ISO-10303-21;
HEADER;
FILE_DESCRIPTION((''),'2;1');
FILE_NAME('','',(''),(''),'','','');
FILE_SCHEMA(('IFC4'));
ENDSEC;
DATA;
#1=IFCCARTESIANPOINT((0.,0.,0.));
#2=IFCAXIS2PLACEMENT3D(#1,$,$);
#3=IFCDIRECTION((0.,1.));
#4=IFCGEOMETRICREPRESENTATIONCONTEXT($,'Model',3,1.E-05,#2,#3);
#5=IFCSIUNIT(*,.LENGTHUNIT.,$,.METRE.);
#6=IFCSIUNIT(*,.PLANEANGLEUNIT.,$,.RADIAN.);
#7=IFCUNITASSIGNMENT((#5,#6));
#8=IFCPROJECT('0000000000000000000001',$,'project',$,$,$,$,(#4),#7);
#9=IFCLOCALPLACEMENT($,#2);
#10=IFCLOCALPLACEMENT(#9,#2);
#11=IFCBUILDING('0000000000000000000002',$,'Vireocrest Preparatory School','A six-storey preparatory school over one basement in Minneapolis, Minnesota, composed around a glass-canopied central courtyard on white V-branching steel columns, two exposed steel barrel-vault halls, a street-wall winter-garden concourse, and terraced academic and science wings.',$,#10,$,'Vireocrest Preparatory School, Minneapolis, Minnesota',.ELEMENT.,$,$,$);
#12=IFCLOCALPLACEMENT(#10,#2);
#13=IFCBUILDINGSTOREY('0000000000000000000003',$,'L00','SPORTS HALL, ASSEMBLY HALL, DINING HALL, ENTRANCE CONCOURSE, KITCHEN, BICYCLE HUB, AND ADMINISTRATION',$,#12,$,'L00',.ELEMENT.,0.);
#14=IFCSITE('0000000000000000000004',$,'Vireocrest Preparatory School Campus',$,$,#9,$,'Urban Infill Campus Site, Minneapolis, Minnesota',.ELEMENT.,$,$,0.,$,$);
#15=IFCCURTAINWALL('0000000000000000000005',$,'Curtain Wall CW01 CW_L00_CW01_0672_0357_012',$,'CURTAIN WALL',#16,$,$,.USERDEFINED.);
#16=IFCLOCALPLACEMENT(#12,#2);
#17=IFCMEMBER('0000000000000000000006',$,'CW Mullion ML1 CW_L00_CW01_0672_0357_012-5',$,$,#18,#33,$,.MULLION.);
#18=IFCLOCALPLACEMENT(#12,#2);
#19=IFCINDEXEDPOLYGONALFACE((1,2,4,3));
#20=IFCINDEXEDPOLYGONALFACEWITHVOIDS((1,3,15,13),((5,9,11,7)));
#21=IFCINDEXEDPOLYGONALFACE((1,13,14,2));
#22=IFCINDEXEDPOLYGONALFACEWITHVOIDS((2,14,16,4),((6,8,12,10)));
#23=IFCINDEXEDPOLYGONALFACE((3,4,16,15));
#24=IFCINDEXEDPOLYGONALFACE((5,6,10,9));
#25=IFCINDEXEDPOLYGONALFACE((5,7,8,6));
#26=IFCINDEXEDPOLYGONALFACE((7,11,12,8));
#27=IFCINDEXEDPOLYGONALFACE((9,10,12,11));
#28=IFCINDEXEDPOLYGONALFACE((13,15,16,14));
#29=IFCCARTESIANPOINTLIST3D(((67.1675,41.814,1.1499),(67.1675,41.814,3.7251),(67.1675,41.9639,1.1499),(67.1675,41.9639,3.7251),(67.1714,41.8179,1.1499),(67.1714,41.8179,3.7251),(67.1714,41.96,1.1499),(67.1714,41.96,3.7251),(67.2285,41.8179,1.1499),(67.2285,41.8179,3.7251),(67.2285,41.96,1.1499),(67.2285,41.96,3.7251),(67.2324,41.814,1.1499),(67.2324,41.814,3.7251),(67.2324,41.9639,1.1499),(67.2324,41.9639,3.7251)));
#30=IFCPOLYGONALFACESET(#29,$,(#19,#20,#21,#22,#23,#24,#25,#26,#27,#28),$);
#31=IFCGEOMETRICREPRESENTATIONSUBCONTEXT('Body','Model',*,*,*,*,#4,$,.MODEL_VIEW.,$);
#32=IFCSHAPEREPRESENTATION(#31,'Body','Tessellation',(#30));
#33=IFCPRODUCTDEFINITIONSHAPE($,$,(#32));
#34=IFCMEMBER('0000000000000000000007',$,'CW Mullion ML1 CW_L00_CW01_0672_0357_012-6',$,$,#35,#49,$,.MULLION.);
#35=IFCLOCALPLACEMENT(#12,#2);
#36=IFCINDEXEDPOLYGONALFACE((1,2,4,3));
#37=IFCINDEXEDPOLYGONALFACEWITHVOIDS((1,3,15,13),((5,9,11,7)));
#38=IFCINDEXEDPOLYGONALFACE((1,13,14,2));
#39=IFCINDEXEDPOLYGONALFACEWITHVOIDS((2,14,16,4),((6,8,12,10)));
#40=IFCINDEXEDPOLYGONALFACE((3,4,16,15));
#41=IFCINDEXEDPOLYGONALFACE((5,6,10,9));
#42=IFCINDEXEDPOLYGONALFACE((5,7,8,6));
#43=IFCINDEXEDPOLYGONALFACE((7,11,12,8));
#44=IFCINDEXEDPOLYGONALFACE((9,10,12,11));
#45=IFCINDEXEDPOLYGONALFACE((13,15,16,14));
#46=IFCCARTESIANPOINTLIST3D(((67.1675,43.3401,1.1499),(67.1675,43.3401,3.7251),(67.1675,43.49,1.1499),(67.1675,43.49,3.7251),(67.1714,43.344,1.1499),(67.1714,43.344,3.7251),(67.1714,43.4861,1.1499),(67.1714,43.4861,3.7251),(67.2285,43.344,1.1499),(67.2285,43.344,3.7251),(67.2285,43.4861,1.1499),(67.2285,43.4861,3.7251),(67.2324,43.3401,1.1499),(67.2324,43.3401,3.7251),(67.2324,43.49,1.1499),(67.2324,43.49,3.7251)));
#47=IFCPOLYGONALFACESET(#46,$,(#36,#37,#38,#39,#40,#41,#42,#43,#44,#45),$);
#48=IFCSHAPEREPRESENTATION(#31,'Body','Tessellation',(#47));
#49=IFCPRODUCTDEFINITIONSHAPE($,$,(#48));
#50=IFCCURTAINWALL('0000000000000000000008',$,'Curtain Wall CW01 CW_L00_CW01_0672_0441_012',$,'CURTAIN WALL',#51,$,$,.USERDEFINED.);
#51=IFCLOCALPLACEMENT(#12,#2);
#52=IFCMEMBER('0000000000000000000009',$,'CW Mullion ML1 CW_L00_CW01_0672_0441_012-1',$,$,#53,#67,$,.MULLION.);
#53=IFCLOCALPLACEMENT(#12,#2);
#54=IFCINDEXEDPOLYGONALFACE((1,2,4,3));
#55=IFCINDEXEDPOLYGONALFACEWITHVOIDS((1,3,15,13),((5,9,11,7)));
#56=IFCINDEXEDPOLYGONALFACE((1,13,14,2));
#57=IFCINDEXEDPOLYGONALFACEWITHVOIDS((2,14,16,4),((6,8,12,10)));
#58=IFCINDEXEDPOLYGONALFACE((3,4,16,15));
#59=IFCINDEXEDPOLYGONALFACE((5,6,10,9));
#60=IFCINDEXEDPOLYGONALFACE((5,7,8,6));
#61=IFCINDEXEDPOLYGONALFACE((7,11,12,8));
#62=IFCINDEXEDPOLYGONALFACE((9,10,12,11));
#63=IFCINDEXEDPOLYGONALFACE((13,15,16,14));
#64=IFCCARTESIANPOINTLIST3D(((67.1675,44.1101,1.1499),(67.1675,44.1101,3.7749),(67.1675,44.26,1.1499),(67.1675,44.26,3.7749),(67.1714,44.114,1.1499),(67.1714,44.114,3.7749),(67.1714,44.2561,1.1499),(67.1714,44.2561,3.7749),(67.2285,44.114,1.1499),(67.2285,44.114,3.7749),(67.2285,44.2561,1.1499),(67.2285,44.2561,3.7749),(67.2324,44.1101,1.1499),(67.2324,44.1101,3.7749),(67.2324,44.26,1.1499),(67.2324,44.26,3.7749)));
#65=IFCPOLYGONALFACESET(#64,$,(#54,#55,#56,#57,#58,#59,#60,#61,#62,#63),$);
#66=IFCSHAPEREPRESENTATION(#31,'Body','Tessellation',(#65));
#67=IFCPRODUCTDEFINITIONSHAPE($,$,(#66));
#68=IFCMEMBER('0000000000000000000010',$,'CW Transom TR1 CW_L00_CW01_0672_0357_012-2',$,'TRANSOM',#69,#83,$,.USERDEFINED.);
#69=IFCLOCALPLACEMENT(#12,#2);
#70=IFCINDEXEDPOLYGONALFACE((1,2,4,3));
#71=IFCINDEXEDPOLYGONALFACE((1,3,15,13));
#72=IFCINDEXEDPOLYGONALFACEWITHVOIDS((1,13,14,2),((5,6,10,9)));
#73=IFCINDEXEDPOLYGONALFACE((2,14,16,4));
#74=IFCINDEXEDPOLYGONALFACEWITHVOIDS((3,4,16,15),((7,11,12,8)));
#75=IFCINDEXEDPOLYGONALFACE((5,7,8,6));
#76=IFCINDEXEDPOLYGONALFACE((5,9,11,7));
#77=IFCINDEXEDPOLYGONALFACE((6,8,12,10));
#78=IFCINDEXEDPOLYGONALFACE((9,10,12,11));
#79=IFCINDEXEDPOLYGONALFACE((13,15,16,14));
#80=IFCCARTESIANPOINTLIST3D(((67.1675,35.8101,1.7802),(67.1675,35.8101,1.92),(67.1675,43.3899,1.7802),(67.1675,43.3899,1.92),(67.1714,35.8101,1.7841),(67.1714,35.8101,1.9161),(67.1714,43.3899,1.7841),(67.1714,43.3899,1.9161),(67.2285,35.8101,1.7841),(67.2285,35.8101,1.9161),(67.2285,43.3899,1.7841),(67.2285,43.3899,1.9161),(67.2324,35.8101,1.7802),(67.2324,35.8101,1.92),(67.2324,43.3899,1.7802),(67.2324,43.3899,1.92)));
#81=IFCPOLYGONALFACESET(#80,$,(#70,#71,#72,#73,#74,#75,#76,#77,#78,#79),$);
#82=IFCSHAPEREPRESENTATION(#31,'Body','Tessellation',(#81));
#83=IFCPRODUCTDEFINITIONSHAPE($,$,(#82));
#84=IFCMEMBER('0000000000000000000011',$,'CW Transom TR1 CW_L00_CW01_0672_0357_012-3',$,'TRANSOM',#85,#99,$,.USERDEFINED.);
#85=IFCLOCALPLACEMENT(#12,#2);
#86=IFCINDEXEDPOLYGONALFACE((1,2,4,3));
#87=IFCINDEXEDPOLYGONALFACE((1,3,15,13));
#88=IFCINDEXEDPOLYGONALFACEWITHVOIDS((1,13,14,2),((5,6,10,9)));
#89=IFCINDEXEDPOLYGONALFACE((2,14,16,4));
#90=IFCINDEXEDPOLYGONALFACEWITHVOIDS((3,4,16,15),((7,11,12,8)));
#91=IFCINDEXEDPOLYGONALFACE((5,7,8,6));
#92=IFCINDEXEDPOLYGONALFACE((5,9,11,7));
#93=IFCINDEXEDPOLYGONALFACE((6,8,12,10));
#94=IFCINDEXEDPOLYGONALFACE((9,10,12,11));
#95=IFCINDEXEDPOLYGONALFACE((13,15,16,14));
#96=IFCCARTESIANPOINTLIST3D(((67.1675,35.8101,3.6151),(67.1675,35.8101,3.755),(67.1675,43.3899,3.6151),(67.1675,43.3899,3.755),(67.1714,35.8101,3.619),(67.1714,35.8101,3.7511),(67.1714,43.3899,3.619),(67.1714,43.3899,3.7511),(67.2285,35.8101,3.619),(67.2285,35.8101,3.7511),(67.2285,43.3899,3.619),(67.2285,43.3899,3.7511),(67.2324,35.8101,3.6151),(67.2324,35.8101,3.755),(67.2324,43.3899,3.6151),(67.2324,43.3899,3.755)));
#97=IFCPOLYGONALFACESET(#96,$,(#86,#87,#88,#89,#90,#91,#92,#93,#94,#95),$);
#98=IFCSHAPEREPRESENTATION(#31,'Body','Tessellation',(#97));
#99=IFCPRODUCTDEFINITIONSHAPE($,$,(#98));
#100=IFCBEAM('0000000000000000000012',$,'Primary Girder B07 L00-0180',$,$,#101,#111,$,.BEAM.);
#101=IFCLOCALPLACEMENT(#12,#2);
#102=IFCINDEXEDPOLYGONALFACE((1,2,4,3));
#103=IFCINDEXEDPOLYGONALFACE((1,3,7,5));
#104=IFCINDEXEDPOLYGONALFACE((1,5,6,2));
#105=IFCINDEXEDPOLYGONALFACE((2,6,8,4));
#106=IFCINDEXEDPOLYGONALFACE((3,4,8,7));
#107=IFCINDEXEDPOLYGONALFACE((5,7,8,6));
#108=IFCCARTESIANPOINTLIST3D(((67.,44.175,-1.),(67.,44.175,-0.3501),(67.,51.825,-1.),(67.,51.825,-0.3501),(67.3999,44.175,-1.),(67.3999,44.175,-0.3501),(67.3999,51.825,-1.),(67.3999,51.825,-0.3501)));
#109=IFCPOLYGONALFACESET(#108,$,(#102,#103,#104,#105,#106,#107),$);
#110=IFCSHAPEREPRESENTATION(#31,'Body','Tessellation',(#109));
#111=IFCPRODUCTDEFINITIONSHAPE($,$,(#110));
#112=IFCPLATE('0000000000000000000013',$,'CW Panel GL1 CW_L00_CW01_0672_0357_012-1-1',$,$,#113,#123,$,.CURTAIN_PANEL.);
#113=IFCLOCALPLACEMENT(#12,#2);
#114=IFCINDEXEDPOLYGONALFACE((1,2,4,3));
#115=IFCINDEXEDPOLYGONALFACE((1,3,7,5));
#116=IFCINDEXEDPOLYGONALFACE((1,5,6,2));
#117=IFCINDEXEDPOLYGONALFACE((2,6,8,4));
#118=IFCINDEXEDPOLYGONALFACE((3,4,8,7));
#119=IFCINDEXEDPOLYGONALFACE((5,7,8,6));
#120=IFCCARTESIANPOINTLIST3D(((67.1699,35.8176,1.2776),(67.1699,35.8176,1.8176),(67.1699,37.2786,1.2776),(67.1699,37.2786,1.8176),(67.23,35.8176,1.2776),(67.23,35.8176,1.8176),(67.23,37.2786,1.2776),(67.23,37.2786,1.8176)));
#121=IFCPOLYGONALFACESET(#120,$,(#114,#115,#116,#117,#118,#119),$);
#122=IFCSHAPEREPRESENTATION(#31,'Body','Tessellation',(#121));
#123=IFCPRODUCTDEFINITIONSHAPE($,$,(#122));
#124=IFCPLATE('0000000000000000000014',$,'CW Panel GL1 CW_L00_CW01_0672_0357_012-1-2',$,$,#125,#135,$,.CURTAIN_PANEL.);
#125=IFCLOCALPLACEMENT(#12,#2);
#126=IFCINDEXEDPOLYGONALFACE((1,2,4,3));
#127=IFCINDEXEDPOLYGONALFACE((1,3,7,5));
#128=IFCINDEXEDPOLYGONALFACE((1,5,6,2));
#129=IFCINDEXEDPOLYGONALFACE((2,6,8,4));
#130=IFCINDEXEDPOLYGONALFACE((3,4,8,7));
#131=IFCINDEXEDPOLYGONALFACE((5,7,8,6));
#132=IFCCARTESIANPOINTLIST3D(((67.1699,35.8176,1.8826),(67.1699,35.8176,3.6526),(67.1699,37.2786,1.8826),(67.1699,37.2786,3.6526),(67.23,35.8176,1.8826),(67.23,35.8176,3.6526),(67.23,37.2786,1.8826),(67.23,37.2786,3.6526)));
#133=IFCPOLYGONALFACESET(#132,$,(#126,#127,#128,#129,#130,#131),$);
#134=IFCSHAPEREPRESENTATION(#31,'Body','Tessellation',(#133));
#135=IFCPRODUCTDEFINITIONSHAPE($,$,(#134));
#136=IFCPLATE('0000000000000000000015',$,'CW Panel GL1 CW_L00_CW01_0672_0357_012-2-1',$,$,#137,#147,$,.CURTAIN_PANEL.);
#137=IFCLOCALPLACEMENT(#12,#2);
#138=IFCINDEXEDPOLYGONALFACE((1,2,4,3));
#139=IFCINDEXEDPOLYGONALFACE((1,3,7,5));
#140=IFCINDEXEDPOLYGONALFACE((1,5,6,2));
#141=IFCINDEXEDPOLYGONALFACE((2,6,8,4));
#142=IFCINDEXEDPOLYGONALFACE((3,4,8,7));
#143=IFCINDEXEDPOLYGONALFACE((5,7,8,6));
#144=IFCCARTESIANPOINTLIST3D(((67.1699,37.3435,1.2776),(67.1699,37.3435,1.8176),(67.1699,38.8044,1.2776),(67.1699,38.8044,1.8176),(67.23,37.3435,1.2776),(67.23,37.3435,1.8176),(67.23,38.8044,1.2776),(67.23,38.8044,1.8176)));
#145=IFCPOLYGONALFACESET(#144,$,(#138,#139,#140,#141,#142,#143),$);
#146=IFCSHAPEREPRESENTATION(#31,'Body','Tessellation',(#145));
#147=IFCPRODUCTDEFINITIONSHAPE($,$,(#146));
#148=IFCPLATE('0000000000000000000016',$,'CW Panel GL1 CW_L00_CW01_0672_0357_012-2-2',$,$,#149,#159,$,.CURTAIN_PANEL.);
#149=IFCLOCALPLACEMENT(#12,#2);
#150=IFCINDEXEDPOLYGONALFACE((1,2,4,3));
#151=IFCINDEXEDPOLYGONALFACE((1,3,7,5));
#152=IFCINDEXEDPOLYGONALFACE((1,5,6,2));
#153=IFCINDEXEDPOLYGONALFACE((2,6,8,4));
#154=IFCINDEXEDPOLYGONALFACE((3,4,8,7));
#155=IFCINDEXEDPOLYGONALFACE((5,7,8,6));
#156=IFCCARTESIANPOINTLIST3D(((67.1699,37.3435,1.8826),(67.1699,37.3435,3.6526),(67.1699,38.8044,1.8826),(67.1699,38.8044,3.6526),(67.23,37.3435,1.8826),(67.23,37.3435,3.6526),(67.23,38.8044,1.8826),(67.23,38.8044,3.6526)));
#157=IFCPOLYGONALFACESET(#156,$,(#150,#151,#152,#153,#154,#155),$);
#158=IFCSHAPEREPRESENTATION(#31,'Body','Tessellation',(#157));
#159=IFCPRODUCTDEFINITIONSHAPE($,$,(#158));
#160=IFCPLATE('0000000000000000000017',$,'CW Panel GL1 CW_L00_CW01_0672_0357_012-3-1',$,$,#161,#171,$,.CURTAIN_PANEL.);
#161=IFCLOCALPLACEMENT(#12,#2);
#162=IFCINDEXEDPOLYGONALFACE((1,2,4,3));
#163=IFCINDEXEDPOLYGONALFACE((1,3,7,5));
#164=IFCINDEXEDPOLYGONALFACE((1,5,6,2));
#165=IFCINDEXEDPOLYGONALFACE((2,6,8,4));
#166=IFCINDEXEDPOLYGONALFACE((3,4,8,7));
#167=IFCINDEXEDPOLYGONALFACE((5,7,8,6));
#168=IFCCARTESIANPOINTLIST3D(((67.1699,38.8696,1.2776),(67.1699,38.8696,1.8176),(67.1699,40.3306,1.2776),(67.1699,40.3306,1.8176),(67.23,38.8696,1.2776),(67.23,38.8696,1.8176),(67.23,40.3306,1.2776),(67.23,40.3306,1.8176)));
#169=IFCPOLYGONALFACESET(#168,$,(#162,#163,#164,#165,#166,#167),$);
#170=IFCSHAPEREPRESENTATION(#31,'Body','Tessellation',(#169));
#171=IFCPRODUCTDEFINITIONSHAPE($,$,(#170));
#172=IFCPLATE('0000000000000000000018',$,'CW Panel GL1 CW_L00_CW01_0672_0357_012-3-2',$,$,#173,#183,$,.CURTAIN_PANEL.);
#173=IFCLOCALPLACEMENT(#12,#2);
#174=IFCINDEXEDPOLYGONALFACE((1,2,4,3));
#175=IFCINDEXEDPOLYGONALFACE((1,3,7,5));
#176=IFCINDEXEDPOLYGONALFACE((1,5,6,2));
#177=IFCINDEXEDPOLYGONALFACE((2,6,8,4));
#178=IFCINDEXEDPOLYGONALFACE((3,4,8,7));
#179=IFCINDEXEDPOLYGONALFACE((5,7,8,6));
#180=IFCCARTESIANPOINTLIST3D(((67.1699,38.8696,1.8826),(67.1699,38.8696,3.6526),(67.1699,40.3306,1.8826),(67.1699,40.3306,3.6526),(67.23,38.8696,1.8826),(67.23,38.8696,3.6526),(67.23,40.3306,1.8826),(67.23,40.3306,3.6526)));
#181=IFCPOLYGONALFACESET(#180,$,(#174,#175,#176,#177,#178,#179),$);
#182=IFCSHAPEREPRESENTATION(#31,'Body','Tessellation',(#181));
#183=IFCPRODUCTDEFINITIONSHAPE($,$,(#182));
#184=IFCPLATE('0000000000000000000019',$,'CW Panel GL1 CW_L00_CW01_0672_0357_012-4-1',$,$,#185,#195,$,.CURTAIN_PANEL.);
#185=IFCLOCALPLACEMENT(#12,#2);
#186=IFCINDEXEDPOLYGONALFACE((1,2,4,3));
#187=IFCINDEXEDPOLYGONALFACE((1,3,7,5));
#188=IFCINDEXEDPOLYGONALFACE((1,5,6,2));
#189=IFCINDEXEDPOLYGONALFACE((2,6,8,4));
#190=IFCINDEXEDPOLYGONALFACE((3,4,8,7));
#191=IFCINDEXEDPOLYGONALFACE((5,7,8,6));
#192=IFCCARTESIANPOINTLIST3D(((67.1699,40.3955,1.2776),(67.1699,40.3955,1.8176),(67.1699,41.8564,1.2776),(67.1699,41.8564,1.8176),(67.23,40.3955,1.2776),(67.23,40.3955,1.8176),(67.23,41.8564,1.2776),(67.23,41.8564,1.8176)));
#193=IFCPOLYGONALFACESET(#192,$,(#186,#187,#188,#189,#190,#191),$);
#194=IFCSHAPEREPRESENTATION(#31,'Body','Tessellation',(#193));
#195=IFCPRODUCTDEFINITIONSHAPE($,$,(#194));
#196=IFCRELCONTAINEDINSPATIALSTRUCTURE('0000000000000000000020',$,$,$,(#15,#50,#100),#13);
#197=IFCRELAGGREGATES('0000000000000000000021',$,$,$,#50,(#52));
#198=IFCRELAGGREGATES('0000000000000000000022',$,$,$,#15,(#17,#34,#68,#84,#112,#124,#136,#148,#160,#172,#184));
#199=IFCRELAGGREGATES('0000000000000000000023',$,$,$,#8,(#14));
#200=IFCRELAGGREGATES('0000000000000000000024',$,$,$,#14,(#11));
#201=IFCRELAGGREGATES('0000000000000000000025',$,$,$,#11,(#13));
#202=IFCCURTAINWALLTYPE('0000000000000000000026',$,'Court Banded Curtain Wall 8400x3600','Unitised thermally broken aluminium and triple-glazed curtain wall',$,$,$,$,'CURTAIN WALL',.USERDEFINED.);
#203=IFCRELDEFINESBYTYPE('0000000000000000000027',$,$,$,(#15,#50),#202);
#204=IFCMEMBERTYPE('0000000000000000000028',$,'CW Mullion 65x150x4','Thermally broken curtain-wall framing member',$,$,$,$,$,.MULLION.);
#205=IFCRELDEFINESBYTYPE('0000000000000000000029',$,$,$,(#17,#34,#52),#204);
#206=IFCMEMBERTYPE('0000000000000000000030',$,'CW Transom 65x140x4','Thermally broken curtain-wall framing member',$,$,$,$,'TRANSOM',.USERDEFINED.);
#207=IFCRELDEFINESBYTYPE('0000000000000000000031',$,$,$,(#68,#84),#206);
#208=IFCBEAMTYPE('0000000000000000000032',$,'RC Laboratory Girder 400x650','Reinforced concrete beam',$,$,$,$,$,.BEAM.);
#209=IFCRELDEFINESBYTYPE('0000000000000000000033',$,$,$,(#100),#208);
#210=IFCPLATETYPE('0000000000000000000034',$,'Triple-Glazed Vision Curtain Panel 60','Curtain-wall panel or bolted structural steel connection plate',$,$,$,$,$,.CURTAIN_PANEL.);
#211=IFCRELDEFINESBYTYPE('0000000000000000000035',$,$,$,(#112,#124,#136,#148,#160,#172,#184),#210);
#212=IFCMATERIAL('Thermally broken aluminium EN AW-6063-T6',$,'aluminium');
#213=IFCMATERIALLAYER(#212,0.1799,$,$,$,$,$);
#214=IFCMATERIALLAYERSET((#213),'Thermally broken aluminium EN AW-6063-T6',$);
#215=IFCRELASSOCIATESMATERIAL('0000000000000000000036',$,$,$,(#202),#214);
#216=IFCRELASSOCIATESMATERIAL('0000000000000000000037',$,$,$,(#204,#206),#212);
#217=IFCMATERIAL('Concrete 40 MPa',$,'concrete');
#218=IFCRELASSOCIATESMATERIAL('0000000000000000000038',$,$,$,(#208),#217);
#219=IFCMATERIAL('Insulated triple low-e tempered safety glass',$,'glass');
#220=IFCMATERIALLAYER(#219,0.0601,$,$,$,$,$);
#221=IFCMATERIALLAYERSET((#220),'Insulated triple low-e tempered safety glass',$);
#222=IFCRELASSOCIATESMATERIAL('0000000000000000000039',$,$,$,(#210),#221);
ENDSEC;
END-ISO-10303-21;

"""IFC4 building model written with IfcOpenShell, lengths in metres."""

from ifc_helpers import new_model, si_unit, direction, frame, origin, origin_2d, place, context, subcontext, project, spatial, rectangle, hollow_rectangle, extrude, material, layer, layer_set, material_profile, profile_set, type_object, element, aggregate, save


model = new_model("IFC4")

# Units and contexts
model_context = context("Model", 3, precision=1e-05, world=origin(), true_north=direction((0.0, 1.0)))
body_context = subcontext(model_context, "Body", "Model", "MODEL_VIEW")
ifc_project = project(units=[si_unit("LENGTHUNIT", "METRE"), si_unit("PLANEANGLEUNIT", "RADIAN")], contexts=[model_context])

# Site, building, storey
site_placement = place(None, origin())
site = spatial("IfcSite", under=ifc_project, at=site_placement, Name="Vireocrest Preparatory School Campus", LongName="Urban Infill Campus Site, Minneapolis, Minnesota", CompositionType="ELEMENT", RefElevation=0.0)
building_placement = place(site_placement, origin())
building = spatial("IfcBuilding", under=site, at=building_placement, Name="Vireocrest Preparatory School", Description="A six-storey preparatory school over one basement in Minneapolis, Minnesota, composed around a glass-canopied central courtyard on white V-branching steel columns, two exposed steel barrel-vault halls, a street-wall winter-garden concourse, and terraced academic and science wings.", LongName="Vireocrest Preparatory School, Minneapolis, Minnesota", CompositionType="ELEMENT")
storey_placement = place(building_placement, origin())
storey = spatial("IfcBuildingStorey", under=building, at=storey_placement, Name="L00", Description="SPORTS HALL, ASSEMBLY HALL, DINING HALL, ENTRANCE CONCOURSE, KITCHEN, BICYCLE HUB, AND ADMINISTRATION", LongName="L00", CompositionType="ELEMENT", Elevation=0.0)

# Curtain wall, members
ifc_material_1 = material(Name="Thermally broken aluminium EN AW-6063-T6", Category="aluminium")
ifc_layer_1 = layer(ifc_material_1, 0.1799)
ifc_layer_set_1 = layer_set([ifc_layer_1], Name="Thermally broken aluminium EN AW-6063-T6")
curtain_wall_type = type_object("IfcCurtainWallType", Name="Court Banded Curtain Wall 8400x3600", Description="Unitised thermally broken aluminium and triple-glazed curtain wall", ElementType="CURTAIN WALL", PredefinedType="USERDEFINED", material=ifc_layer_set_1)
curtain_wall_1_placement = place(storey_placement, origin())
curtain_wall_1 = element("IfcCurtainWall", 1, at=curtain_wall_1_placement, inside=storey, type_object=curtain_wall_type, Name="Curtain Wall CW01 CW_L00_CW01_0672_0357_012", ObjectType="CURTAIN WALL", PredefinedType="USERDEFINED")
ifc_material_profile_1 = material_profile(ifc_material_1, hollow_rectangle(XDim=0.0649, YDim=0.1499, WallThickness=0.0039, at=origin_2d()), Name="ALU 65x150x4")
ifc_profile_set_1 = profile_set([ifc_material_profile_1], Name="Thermally broken aluminium EN AW-6063-T6")
member_type_1 = type_object("IfcMemberType", Name="CW Mullion 65x150x4", Description="Thermally broken curtain-wall framing member", PredefinedType="MULLION", material=ifc_profile_set_1)
member_1_placement = place(storey_placement, frame((67.2, 41.8889, 1.1499), z_axis=(0.0, 0.0, 1.0), x_axis=(1.0, 0.0, 0.0)))
member_1 = element("IfcMember", 2, at=member_1_placement, type_object=member_type_1, Name="CW Mullion ML1 CW_L00_CW01_0672_0357_012-5", PredefinedType="MULLION", context=body_context, shape_type="SweptSolid", body=[
    extrude(hollow_rectangle(XDim=0.0649, YDim=0.1499, WallThickness=0.0039, at=origin_2d()), origin(), (0.0, 0.0, 1.0), 2.5752),
])
member_2_placement = place(storey_placement, frame((67.2, 43.415, 1.1499), z_axis=(0.0, 0.0, 1.0), x_axis=(1.0, 0.0, 0.0)))
member_2 = element("IfcMember", 3, at=member_2_placement, type_object=member_type_1, Name="CW Mullion ML1 CW_L00_CW01_0672_0357_012-6", PredefinedType="MULLION", context=body_context, shape_type="SweptSolid", body=[
    extrude(hollow_rectangle(XDim=0.0649, YDim=0.1499, WallThickness=0.0039, at=origin_2d()), origin(), (0.0, 0.0, 1.0), 2.5752),
])

# Curtain wall, member
curtain_wall_2_placement = place(storey_placement, origin())
curtain_wall_2 = element("IfcCurtainWall", 4, at=curtain_wall_2_placement, inside=storey, type_object=curtain_wall_type, Name="Curtain Wall CW01 CW_L00_CW01_0672_0441_012", ObjectType="CURTAIN WALL", PredefinedType="USERDEFINED")
member_3_placement = place(storey_placement, frame((67.2, 44.1851, 1.1499), z_axis=(0.0, 0.0, 1.0), x_axis=(1.0, 0.0, 0.0)))
member_3 = element("IfcMember", 5, at=member_3_placement, type_object=member_type_1, Name="CW Mullion ML1 CW_L00_CW01_0672_0441_012-1", PredefinedType="MULLION", context=body_context, shape_type="SweptSolid", body=[
    extrude(hollow_rectangle(XDim=0.0649, YDim=0.1499, WallThickness=0.0039, at=origin_2d()), origin(), (0.0, 0.0, 1.0), 2.625),
])
aggregate(curtain_wall_2, [member_3])

# Members
ifc_material_profile_2 = material_profile(ifc_material_1, hollow_rectangle(XDim=0.0649, YDim=0.1399, WallThickness=0.0039, at=origin_2d()), Name="ALU 65x140x4")
ifc_profile_set_2 = profile_set([ifc_material_profile_2], Name="Thermally broken aluminium EN AW-6063-T6")
member_type_2 = type_object("IfcMemberType", Name="CW Transom 65x140x4", Description="Thermally broken curtain-wall framing member", ElementType="TRANSOM", PredefinedType="USERDEFINED", material=ifc_profile_set_2)
member_4_placement = place(storey_placement, frame((67.2, 35.8101, 1.8501), z_axis=(0.0, 1.0, 0.0), x_axis=(-1.0, 0.0, 0.0)))
member_4 = element("IfcMember", 6, at=member_4_placement, type_object=member_type_2, Name="CW Transom TR1 CW_L00_CW01_0672_0357_012-2", ObjectType="TRANSOM", PredefinedType="USERDEFINED", context=body_context, shape_type="SweptSolid", body=[
    extrude(hollow_rectangle(XDim=0.0649, YDim=0.1399, WallThickness=0.0039, at=origin_2d()), origin(), (0.0, 0.0, 1.0), 7.5798),
])
member_5_placement = place(storey_placement, frame((67.2, 35.8101, 3.6851), z_axis=(0.0, 1.0, 0.0), x_axis=(-1.0, 0.0, 0.0)))
member_5 = element("IfcMember", 7, at=member_5_placement, type_object=member_type_2, Name="CW Transom TR1 CW_L00_CW01_0672_0357_012-3", ObjectType="TRANSOM", PredefinedType="USERDEFINED", context=body_context, shape_type="SweptSolid", body=[
    extrude(hollow_rectangle(XDim=0.0649, YDim=0.1399, WallThickness=0.0039, at=origin_2d()), origin(), (0.0, 0.0, 1.0), 7.5798),
])

# Beam
ifc_material_2 = material(Name="Concrete 40 MPa", Category="concrete")
ifc_material_profile_3 = material_profile(ifc_material_2, rectangle(XDim=0.3999, YDim=0.6499, at=origin_2d()), Name="RC 400x650")
ifc_profile_set_3 = profile_set([ifc_material_profile_3], Name="Concrete 40 MPa")
beam_type = type_object("IfcBeamType", Name="RC Laboratory Girder 400x650", Description="Reinforced concrete beam", PredefinedType="BEAM", material=ifc_profile_set_3)
beam_placement = place(storey_placement, frame((67.2, 44.175, -0.675), z_axis=(0.0, 1.0, 0.0), x_axis=(-1.0, 0.0, 0.0)))
element("IfcBeam", 8, at=beam_placement, inside=storey, type_object=beam_type, Name="Primary Girder B07 L00-0180", PredefinedType="BEAM", context=body_context, shape_type="SweptSolid", body=[
    extrude(rectangle(XDim=0.3999, YDim=0.6499, at=origin_2d()), origin(), (0.0, 0.0, 1.0), 7.6499),
])

# Plates
ifc_material_3 = material(Name="Insulated triple low-e tempered safety glass", Category="glass")
ifc_layer_2 = layer(ifc_material_3, 0.0601)
ifc_layer_set_2 = layer_set([ifc_layer_2], Name="Insulated triple low-e tempered safety glass")
plate_type = type_object("IfcPlateType", Name="Triple-Glazed Vision Curtain Panel 60", Description="Curtain-wall panel or bolted structural steel connection plate", PredefinedType="CURTAIN_PANEL", material=ifc_layer_set_2)
plate_1_placement = place(storey_placement, frame((67.2, 36.5481, 1.2776), z_axis=(0.0, 0.0, 1.0), x_axis=(0.0, 1.0, 0.0)))
plate_1 = element("IfcPlate", 9, at=plate_1_placement, type_object=plate_type, Name="CW Panel GL1 CW_L00_CW01_0672_0357_012-1-1", PredefinedType="CURTAIN_PANEL", context=body_context, shape_type="SweptSolid", body=[
    extrude(rectangle(XDim=1.4609, YDim=0.0601, at=origin_2d()), origin(), (0.0, 0.0, 1.0), 0.54),
])
plate_2_placement = place(storey_placement, frame((67.2, 36.5481, 1.8826), z_axis=(0.0, 0.0, 1.0), x_axis=(0.0, 1.0, 0.0)))
plate_2 = element("IfcPlate", 10, at=plate_2_placement, type_object=plate_type, Name="CW Panel GL1 CW_L00_CW01_0672_0357_012-1-2", PredefinedType="CURTAIN_PANEL", context=body_context, shape_type="SweptSolid", body=[
    extrude(rectangle(XDim=1.4609, YDim=0.0601, at=origin_2d()), origin(), (0.0, 0.0, 1.0), 1.77),
])
plate_3_placement = place(storey_placement, frame((67.2, 38.074, 1.2776), z_axis=(0.0, 0.0, 1.0), x_axis=(0.0, 1.0, 0.0)))
plate_3 = element("IfcPlate", 11, at=plate_3_placement, type_object=plate_type, Name="CW Panel GL1 CW_L00_CW01_0672_0357_012-2-1", PredefinedType="CURTAIN_PANEL", context=body_context, shape_type="SweptSolid", body=[
    extrude(rectangle(XDim=1.4609, YDim=0.0601, at=origin_2d()), origin(), (0.0, 0.0, 1.0), 0.54),
])
plate_4_placement = place(storey_placement, frame((67.2, 38.074, 1.8826), z_axis=(0.0, 0.0, 1.0), x_axis=(0.0, 1.0, 0.0)))
plate_4 = element("IfcPlate", 12, at=plate_4_placement, type_object=plate_type, Name="CW Panel GL1 CW_L00_CW01_0672_0357_012-2-2", PredefinedType="CURTAIN_PANEL", context=body_context, shape_type="SweptSolid", body=[
    extrude(rectangle(XDim=1.4609, YDim=0.0601, at=origin_2d()), origin(), (0.0, 0.0, 1.0), 1.77),
])
plate_5_placement = place(storey_placement, frame((67.2, 39.6001, 1.2776), z_axis=(0.0, 0.0, 1.0), x_axis=(0.0, 1.0, 0.0)))
plate_5 = element("IfcPlate", 13, at=plate_5_placement, type_object=plate_type, Name="CW Panel GL1 CW_L00_CW01_0672_0357_012-3-1", PredefinedType="CURTAIN_PANEL", context=body_context, shape_type="SweptSolid", body=[
    extrude(rectangle(XDim=1.4609, YDim=0.0601, at=origin_2d()), origin(), (0.0, 0.0, 1.0), 0.54),
])
plate_6_placement = place(storey_placement, frame((67.2, 39.6001, 1.8826), z_axis=(0.0, 0.0, 1.0), x_axis=(0.0, 1.0, 0.0)))
plate_6 = element("IfcPlate", 14, at=plate_6_placement, type_object=plate_type, Name="CW Panel GL1 CW_L00_CW01_0672_0357_012-3-2", PredefinedType="CURTAIN_PANEL", context=body_context, shape_type="SweptSolid", body=[
    extrude(rectangle(XDim=1.4609, YDim=0.0601, at=origin_2d()), origin(), (0.0, 0.0, 1.0), 1.77),
])
plate_7_placement = place(storey_placement, frame((67.2, 41.126, 1.2776), z_axis=(0.0, 0.0, 1.0), x_axis=(0.0, 1.0, 0.0)))
plate_7 = element("IfcPlate", 15, at=plate_7_placement, type_object=plate_type, Name="CW Panel GL1 CW_L00_CW01_0672_0357_012-4-1", PredefinedType="CURTAIN_PANEL", context=body_context, shape_type="SweptSolid", body=[
    extrude(rectangle(XDim=1.4609, YDim=0.0601, at=origin_2d()), origin(), (0.0, 0.0, 1.0), 0.54),
])
aggregate(curtain_wall_1, [member_1, member_2, member_4, member_5, plate_1, plate_2, plate_3, plate_4, plate_5, plate_6, plate_7])

save(model, "model.ifc")
